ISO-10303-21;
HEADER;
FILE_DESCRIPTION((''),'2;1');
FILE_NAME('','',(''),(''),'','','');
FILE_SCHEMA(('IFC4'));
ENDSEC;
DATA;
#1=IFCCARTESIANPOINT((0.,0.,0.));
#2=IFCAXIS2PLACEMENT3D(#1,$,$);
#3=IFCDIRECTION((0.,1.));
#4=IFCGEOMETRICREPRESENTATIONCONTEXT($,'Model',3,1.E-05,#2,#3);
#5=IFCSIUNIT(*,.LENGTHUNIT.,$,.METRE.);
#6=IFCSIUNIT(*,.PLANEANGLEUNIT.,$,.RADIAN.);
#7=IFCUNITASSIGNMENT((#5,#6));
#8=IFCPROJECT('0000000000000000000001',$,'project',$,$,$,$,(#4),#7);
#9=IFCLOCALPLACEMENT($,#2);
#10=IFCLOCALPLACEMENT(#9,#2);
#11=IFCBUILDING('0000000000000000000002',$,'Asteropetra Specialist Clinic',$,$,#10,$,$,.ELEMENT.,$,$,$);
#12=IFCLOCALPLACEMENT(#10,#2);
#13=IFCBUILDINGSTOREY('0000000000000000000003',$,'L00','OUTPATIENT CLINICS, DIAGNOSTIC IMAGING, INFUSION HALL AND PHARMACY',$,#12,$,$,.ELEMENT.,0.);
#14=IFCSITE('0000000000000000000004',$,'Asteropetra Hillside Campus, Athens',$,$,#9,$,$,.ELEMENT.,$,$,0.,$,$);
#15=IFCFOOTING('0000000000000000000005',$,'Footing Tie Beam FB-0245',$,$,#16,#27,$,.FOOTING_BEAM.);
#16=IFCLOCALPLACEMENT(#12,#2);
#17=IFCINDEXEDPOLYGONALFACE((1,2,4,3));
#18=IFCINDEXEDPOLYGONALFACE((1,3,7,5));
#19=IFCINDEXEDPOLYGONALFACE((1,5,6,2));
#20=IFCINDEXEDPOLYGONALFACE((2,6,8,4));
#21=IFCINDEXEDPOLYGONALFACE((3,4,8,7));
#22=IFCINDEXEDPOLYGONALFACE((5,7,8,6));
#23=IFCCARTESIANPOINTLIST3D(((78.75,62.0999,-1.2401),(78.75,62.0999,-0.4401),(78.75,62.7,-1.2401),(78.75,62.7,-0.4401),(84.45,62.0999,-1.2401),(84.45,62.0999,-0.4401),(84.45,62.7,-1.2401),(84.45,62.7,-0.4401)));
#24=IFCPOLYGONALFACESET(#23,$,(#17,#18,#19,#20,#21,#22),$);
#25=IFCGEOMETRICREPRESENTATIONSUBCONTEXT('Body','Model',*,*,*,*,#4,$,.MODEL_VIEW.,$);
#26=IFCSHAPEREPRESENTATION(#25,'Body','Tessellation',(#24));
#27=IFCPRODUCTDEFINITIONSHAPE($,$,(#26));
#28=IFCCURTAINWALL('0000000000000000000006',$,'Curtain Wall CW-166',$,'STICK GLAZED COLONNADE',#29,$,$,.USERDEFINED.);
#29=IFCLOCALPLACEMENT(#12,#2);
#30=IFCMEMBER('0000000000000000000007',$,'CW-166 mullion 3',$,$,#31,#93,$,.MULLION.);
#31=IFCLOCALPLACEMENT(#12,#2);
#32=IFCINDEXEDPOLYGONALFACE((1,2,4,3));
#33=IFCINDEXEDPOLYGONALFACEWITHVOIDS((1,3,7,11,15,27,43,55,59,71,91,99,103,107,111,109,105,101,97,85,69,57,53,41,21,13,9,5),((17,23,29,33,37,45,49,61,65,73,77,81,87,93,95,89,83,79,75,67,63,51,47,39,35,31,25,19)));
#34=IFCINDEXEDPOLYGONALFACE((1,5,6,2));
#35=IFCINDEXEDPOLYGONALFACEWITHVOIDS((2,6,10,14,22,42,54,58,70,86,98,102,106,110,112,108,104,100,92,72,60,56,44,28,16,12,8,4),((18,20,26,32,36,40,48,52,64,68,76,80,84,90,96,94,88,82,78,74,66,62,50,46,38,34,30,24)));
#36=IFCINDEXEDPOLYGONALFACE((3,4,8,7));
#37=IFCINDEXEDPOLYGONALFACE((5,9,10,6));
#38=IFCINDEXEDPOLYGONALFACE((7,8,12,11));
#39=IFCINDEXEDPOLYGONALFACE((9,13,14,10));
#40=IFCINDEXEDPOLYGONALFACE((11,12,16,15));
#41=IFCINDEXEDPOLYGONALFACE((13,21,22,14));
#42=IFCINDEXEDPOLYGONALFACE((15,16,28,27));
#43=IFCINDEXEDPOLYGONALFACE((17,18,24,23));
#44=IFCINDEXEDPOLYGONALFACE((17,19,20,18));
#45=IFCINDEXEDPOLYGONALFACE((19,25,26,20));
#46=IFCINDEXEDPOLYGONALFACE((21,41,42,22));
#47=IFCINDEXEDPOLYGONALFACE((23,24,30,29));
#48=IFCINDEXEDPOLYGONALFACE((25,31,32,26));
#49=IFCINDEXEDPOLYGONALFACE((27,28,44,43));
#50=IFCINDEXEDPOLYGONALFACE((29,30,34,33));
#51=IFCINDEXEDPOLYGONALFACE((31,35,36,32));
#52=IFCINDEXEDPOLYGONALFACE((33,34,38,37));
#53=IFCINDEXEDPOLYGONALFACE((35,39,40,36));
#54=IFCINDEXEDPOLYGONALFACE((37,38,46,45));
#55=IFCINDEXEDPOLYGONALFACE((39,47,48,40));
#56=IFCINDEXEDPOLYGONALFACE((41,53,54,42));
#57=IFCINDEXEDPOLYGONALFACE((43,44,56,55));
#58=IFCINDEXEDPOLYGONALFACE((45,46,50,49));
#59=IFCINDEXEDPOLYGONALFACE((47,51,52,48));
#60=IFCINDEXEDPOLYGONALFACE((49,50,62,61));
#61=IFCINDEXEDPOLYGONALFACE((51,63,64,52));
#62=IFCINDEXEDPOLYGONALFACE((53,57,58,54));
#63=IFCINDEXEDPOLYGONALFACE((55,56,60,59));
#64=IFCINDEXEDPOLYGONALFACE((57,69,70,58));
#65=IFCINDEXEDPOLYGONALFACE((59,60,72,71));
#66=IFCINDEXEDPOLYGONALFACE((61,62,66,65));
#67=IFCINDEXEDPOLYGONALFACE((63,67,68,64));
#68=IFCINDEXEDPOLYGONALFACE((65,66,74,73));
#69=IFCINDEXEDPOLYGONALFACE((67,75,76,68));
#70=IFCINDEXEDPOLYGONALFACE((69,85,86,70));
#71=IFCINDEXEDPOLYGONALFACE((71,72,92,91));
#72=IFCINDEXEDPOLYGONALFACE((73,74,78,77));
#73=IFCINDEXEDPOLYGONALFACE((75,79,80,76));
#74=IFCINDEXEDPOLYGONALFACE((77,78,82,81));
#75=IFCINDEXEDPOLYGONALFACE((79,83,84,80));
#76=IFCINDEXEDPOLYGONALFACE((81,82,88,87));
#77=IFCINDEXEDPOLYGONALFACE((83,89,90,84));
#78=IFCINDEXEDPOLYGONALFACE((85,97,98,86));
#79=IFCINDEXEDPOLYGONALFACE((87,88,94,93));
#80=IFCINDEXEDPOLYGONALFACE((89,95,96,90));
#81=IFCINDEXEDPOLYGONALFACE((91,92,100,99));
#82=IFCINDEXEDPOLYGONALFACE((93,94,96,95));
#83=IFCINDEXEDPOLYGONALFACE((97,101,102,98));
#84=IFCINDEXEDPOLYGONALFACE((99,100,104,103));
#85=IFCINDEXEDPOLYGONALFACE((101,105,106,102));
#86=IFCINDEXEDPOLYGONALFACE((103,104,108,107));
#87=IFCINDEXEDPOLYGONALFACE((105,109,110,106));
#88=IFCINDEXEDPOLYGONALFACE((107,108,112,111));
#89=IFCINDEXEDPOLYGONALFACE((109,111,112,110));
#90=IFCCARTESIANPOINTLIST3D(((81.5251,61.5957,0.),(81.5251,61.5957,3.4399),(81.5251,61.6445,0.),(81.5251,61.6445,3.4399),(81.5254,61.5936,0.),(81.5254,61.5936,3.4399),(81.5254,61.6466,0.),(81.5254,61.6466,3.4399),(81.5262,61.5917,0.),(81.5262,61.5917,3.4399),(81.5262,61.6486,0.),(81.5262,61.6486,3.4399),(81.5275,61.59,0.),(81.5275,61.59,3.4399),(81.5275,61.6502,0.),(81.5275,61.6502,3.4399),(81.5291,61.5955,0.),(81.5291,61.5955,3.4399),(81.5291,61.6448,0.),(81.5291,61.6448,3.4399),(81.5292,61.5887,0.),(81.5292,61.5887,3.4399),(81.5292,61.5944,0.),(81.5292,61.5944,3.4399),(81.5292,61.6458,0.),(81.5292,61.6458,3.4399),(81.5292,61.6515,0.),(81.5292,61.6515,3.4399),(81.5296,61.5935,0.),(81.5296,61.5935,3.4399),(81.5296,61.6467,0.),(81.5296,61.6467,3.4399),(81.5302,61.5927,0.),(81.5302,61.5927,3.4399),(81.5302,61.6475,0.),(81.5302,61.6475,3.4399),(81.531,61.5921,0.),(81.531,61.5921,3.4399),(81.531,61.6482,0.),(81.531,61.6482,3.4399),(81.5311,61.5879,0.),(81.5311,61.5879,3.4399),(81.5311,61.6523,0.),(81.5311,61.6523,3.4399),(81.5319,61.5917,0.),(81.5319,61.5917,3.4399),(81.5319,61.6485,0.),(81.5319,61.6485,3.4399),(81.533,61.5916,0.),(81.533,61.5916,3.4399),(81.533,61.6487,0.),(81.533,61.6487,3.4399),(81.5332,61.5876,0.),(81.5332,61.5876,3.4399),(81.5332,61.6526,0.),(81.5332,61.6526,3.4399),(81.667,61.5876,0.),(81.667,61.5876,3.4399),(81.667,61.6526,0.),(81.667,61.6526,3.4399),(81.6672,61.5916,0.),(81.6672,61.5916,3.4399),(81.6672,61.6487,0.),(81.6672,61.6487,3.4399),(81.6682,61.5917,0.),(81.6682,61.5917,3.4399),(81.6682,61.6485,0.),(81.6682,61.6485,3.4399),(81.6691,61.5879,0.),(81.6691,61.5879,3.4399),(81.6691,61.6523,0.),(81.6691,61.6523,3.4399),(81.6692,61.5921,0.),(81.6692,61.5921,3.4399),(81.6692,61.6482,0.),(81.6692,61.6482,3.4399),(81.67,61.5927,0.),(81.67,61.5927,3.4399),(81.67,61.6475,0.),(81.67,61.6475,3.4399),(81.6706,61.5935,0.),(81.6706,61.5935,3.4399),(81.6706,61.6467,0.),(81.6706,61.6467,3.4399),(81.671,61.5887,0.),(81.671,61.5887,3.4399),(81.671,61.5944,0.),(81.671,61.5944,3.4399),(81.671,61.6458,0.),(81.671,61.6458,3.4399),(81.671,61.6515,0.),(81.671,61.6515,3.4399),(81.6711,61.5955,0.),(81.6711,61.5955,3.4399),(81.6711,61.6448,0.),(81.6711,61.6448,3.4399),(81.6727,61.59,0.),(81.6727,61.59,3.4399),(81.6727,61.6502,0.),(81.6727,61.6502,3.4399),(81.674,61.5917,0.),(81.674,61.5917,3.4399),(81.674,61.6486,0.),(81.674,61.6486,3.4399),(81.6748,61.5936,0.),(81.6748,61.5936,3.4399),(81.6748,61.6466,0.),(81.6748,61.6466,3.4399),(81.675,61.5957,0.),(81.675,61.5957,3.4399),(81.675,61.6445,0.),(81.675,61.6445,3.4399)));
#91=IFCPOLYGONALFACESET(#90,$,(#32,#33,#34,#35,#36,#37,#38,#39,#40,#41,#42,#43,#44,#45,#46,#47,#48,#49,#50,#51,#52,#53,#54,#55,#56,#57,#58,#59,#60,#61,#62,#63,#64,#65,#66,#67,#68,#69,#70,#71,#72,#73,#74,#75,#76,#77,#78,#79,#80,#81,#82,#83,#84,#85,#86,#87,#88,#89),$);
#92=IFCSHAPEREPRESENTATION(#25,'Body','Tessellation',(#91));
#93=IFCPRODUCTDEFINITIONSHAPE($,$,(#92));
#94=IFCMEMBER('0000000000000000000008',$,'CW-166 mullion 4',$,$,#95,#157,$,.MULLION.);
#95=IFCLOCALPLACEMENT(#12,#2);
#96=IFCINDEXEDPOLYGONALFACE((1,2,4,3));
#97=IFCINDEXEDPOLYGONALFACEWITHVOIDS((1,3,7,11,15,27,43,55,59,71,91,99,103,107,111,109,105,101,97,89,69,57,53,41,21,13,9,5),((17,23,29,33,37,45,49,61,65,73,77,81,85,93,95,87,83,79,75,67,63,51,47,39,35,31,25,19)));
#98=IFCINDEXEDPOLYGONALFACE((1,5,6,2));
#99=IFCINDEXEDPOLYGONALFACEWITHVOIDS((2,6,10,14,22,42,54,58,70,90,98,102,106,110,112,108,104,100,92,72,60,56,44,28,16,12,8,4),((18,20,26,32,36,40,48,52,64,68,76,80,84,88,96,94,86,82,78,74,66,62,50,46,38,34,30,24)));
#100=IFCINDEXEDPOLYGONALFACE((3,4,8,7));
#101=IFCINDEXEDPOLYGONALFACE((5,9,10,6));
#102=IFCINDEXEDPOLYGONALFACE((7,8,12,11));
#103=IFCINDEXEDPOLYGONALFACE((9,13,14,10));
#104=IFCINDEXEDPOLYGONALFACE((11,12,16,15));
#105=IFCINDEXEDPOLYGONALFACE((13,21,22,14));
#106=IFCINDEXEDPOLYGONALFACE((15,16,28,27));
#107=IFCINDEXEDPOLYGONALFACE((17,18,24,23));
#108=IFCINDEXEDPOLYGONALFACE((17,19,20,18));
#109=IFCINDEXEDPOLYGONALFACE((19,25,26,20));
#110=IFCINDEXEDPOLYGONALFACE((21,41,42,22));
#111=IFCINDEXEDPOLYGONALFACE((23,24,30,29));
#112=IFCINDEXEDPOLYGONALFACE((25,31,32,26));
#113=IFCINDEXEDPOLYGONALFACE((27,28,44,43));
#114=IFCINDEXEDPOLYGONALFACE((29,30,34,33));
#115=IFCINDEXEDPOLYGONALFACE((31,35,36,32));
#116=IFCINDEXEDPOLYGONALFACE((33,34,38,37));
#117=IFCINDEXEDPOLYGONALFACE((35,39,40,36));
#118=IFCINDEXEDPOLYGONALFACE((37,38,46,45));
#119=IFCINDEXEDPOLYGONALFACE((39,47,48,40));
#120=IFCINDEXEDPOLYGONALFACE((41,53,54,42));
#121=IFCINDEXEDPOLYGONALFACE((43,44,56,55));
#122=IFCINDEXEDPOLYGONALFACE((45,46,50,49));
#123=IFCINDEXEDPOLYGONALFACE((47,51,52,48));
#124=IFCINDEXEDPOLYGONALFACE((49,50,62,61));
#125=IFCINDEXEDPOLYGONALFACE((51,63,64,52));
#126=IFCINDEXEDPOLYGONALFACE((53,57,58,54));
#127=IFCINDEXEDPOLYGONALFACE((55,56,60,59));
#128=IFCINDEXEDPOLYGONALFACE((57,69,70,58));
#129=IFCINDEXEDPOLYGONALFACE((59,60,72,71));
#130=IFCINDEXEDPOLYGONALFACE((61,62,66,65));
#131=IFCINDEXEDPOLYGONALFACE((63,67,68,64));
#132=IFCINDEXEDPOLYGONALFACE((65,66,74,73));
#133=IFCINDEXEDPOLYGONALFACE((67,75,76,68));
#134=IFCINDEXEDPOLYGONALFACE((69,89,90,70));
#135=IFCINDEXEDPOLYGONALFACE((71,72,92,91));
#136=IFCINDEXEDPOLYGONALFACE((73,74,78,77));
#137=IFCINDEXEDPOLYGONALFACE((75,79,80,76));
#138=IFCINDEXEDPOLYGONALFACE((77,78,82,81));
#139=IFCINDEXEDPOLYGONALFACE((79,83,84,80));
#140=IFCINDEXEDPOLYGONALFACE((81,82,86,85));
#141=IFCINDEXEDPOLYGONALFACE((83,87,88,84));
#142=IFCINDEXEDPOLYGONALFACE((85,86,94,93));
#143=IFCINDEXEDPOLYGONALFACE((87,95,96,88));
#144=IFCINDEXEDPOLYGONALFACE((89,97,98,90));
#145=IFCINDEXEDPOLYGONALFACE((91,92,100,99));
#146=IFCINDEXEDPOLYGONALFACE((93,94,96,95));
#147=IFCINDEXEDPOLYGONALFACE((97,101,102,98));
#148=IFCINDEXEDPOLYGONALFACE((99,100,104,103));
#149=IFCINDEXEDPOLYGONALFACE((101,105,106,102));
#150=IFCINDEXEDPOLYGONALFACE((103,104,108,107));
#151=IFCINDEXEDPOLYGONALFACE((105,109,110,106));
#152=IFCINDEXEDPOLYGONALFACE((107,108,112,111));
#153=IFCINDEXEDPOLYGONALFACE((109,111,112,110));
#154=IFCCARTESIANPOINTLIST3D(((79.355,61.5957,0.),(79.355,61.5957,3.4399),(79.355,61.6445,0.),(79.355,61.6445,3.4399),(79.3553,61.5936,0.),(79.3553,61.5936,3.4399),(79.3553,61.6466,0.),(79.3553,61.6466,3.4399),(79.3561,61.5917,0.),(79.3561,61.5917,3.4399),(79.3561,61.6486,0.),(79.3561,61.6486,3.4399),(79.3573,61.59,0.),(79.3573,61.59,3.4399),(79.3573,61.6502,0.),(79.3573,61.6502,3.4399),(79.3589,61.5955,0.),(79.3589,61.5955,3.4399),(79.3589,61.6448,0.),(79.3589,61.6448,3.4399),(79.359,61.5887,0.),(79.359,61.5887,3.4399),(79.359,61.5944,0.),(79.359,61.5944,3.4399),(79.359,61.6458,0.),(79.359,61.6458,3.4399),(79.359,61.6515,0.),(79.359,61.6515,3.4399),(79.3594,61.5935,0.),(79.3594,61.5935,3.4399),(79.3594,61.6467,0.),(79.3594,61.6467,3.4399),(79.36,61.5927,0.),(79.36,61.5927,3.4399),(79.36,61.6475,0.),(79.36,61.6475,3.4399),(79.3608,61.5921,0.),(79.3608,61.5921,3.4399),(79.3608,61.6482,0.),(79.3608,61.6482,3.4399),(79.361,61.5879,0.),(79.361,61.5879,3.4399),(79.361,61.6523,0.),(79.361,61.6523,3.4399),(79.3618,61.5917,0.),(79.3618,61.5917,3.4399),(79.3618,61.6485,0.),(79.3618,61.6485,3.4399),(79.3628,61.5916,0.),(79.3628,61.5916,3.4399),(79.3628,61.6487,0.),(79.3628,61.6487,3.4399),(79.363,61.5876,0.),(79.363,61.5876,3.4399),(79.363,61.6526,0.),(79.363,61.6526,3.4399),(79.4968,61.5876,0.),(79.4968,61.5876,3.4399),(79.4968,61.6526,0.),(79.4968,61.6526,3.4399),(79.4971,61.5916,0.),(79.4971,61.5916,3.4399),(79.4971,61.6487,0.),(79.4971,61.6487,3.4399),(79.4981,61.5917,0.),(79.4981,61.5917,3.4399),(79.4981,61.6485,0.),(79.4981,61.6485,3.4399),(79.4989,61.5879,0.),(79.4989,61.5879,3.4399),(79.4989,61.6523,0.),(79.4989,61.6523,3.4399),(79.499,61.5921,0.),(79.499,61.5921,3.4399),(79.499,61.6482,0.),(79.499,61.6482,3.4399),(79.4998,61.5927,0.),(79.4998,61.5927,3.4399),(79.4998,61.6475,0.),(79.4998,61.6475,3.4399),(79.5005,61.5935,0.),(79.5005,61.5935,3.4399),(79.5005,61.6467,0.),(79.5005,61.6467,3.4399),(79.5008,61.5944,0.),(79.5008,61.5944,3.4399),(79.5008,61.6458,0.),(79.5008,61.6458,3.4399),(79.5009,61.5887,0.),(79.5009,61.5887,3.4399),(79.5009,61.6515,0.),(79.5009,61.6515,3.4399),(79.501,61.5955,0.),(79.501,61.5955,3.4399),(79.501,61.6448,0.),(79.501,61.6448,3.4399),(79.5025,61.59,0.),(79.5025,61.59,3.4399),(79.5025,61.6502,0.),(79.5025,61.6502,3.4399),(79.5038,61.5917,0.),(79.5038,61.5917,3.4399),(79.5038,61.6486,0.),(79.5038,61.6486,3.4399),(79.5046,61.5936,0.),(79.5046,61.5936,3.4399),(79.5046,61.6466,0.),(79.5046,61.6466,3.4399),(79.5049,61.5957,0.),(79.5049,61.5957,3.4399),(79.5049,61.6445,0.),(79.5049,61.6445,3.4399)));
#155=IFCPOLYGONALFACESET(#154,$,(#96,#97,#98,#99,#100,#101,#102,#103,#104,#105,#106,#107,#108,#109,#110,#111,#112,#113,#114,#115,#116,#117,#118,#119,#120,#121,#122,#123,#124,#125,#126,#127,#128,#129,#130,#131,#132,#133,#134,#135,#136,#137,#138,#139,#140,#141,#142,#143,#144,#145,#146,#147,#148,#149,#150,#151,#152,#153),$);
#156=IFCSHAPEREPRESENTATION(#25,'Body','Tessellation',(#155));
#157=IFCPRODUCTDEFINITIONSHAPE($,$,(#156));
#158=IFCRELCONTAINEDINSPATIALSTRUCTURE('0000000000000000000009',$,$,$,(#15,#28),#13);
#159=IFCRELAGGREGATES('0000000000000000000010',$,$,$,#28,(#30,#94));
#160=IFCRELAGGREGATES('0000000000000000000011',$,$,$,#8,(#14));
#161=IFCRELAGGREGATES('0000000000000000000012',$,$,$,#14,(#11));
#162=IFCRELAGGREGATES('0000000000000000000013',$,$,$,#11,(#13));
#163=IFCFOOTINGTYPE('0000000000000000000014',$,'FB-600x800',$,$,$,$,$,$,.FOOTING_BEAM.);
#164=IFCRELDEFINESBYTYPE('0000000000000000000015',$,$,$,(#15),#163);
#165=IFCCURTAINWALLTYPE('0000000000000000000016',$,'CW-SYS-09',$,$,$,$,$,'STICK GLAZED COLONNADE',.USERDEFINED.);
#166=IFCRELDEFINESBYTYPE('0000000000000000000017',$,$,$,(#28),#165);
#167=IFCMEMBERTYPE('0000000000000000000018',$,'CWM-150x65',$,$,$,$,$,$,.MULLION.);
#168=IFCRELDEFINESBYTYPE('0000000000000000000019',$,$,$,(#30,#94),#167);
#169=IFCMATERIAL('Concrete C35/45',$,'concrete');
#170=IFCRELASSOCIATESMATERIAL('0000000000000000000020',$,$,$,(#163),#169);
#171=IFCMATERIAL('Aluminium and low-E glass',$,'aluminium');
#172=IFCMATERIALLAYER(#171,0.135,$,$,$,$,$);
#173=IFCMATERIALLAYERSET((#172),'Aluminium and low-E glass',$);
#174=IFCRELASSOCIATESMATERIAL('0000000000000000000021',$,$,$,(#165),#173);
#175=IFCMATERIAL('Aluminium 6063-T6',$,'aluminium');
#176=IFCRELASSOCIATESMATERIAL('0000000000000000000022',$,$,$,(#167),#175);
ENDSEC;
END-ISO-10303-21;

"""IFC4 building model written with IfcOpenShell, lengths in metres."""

from ifc_helpers import new_model, si_unit, direction, frame, origin, origin_2d, place, context, subcontext, project, spatial, rectangle, hollow_rectangle, extrude, material, layer, layer_set, material_profile, profile_set, type_object, element, aggregate, save


model = new_model("IFC4")

# Units and contexts
model_context = context("Model", 3, precision=1e-05, world=origin(), true_north=direction((0.0, 1.0)))
body_context = subcontext(model_context, "Body", "Model", "MODEL_VIEW")
ifc_project = project(units=[si_unit("LENGTHUNIT", "METRE"), si_unit("PLANEANGLEUNIT", "RADIAN")], contexts=[model_context])

# Site, building, storey
site_placement = place(None, origin())
site = spatial("IfcSite", under=ifc_project, at=site_placement, Name="Asteropetra Hillside Campus, Athens", CompositionType="ELEMENT", RefElevation=0.0)
building_placement = place(site_placement, origin())
building = spatial("IfcBuilding", under=site, at=building_placement, Name="Asteropetra Specialist Clinic", CompositionType="ELEMENT")
storey_placement = place(building_placement, origin())
storey = spatial("IfcBuildingStorey", under=building, at=storey_placement, Name="L00", Description="OUTPATIENT CLINICS, DIAGNOSTIC IMAGING, INFUSION HALL AND PHARMACY", CompositionType="ELEMENT", Elevation=0.0)

# Footing
ifc_material_1 = material(Name="Concrete C35/45", Category="concrete")
ifc_material_profile_1 = material_profile(ifc_material_1, rectangle(XDim=0.6001, YDim=0.8, at=origin_2d()), Name="FB 600x800")
ifc_profile_set_1 = profile_set([ifc_material_profile_1], Name="Concrete C35/45")
footing_type = type_object("IfcFootingType", Name="FB-600x800", PredefinedType="FOOTING_BEAM", material=ifc_profile_set_1)
footing_placement = place(storey_placement, frame((78.75, 62.3999, -0.8401), z_axis=(1.0, 0.0, 0.0), x_axis=(0.0, 1.0, 0.0)))
element("IfcFooting", 1, at=footing_placement, inside=storey, type_object=footing_type, Name="Footing Tie Beam FB-0245", PredefinedType="FOOTING_BEAM", context=body_context, shape_type="SweptSolid", body=[
    extrude(rectangle(XDim=0.6001, YDim=0.8, at=origin_2d()), origin(), (0.0, 0.0, 1.0), 5.7),
])

# Curtain wall, members
ifc_material_2 = material(Name="Aluminium and low-E glass", Category="aluminium")
ifc_layer_1 = layer(ifc_material_2, 0.135)
ifc_layer_set_1 = layer_set([ifc_layer_1], Name="Aluminium and low-E glass")
curtain_wall_type = type_object("IfcCurtainWallType", Name="CW-SYS-09", ElementType="STICK GLAZED COLONNADE", PredefinedType="USERDEFINED", material=ifc_layer_set_1)
curtain_wall_placement = place(storey_placement, origin())
curtain_wall = element("IfcCurtainWall", 2, at=curtain_wall_placement, inside=storey, type_object=curtain_wall_type, Name="Curtain Wall CW-166", ObjectType="STICK GLAZED COLONNADE", PredefinedType="USERDEFINED")
ifc_material_3 = material(Name="Aluminium 6063-T6", Category="aluminium")
ifc_material_profile_2 = material_profile(ifc_material_3, hollow_rectangle(XDim=0.0649, YDim=0.1499, WallThickness=0.0039, InnerFilletRadius=0.0039, OuterFilletRadius=0.0081, at=origin_2d()), Name="MUL 150x65x4.0")
ifc_profile_set_2 = profile_set([ifc_material_profile_2], Name="Aluminium 6063-T6")
member_type_1 = type_object("IfcMemberType", Name="CWM-150x65", PredefinedType="MULLION", material=ifc_profile_set_2)
member_1_placement = place(storey_placement, frame((81.6001, 61.6201, 0.0), z_axis=(0.0, 0.0, 1.0), x_axis=(0.0, -1.0, 0.0)))
member_1 = element("IfcMember", 3, at=member_1_placement, type_object=member_type_1, Name="CW-166 mullion 3", PredefinedType="MULLION", context=body_context, shape_type="SweptSolid", body=[
    extrude(hollow_rectangle(XDim=0.0649, YDim=0.1499, WallThickness=0.0039, InnerFilletRadius=0.0039, OuterFilletRadius=0.0081, at=origin_2d()), origin(), (0.0, 0.0, 1.0), 3.4399),
])
member_2_placement = place(storey_placement, frame((79.4299, 61.6201, 0.0), z_axis=(0.0, 0.0, 1.0), x_axis=(0.0, -1.0, 0.0)))
member_2 = element("IfcMember", 4, at=member_2_placement, type_object=member_type_1, Name="CW-166 mullion 4", PredefinedType="MULLION", context=body_context, shape_type="SweptSolid", body=[
    extrude(hollow_rectangle(XDim=0.0649, YDim=0.1499, WallThickness=0.0039, InnerFilletRadius=0.0039, OuterFilletRadius=0.0081, at=origin_2d()), origin(), (0.0, 0.0, 1.0), 3.4399),
])
aggregate(curtain_wall, [member_1, member_2])

save(model, "model.ifc")
